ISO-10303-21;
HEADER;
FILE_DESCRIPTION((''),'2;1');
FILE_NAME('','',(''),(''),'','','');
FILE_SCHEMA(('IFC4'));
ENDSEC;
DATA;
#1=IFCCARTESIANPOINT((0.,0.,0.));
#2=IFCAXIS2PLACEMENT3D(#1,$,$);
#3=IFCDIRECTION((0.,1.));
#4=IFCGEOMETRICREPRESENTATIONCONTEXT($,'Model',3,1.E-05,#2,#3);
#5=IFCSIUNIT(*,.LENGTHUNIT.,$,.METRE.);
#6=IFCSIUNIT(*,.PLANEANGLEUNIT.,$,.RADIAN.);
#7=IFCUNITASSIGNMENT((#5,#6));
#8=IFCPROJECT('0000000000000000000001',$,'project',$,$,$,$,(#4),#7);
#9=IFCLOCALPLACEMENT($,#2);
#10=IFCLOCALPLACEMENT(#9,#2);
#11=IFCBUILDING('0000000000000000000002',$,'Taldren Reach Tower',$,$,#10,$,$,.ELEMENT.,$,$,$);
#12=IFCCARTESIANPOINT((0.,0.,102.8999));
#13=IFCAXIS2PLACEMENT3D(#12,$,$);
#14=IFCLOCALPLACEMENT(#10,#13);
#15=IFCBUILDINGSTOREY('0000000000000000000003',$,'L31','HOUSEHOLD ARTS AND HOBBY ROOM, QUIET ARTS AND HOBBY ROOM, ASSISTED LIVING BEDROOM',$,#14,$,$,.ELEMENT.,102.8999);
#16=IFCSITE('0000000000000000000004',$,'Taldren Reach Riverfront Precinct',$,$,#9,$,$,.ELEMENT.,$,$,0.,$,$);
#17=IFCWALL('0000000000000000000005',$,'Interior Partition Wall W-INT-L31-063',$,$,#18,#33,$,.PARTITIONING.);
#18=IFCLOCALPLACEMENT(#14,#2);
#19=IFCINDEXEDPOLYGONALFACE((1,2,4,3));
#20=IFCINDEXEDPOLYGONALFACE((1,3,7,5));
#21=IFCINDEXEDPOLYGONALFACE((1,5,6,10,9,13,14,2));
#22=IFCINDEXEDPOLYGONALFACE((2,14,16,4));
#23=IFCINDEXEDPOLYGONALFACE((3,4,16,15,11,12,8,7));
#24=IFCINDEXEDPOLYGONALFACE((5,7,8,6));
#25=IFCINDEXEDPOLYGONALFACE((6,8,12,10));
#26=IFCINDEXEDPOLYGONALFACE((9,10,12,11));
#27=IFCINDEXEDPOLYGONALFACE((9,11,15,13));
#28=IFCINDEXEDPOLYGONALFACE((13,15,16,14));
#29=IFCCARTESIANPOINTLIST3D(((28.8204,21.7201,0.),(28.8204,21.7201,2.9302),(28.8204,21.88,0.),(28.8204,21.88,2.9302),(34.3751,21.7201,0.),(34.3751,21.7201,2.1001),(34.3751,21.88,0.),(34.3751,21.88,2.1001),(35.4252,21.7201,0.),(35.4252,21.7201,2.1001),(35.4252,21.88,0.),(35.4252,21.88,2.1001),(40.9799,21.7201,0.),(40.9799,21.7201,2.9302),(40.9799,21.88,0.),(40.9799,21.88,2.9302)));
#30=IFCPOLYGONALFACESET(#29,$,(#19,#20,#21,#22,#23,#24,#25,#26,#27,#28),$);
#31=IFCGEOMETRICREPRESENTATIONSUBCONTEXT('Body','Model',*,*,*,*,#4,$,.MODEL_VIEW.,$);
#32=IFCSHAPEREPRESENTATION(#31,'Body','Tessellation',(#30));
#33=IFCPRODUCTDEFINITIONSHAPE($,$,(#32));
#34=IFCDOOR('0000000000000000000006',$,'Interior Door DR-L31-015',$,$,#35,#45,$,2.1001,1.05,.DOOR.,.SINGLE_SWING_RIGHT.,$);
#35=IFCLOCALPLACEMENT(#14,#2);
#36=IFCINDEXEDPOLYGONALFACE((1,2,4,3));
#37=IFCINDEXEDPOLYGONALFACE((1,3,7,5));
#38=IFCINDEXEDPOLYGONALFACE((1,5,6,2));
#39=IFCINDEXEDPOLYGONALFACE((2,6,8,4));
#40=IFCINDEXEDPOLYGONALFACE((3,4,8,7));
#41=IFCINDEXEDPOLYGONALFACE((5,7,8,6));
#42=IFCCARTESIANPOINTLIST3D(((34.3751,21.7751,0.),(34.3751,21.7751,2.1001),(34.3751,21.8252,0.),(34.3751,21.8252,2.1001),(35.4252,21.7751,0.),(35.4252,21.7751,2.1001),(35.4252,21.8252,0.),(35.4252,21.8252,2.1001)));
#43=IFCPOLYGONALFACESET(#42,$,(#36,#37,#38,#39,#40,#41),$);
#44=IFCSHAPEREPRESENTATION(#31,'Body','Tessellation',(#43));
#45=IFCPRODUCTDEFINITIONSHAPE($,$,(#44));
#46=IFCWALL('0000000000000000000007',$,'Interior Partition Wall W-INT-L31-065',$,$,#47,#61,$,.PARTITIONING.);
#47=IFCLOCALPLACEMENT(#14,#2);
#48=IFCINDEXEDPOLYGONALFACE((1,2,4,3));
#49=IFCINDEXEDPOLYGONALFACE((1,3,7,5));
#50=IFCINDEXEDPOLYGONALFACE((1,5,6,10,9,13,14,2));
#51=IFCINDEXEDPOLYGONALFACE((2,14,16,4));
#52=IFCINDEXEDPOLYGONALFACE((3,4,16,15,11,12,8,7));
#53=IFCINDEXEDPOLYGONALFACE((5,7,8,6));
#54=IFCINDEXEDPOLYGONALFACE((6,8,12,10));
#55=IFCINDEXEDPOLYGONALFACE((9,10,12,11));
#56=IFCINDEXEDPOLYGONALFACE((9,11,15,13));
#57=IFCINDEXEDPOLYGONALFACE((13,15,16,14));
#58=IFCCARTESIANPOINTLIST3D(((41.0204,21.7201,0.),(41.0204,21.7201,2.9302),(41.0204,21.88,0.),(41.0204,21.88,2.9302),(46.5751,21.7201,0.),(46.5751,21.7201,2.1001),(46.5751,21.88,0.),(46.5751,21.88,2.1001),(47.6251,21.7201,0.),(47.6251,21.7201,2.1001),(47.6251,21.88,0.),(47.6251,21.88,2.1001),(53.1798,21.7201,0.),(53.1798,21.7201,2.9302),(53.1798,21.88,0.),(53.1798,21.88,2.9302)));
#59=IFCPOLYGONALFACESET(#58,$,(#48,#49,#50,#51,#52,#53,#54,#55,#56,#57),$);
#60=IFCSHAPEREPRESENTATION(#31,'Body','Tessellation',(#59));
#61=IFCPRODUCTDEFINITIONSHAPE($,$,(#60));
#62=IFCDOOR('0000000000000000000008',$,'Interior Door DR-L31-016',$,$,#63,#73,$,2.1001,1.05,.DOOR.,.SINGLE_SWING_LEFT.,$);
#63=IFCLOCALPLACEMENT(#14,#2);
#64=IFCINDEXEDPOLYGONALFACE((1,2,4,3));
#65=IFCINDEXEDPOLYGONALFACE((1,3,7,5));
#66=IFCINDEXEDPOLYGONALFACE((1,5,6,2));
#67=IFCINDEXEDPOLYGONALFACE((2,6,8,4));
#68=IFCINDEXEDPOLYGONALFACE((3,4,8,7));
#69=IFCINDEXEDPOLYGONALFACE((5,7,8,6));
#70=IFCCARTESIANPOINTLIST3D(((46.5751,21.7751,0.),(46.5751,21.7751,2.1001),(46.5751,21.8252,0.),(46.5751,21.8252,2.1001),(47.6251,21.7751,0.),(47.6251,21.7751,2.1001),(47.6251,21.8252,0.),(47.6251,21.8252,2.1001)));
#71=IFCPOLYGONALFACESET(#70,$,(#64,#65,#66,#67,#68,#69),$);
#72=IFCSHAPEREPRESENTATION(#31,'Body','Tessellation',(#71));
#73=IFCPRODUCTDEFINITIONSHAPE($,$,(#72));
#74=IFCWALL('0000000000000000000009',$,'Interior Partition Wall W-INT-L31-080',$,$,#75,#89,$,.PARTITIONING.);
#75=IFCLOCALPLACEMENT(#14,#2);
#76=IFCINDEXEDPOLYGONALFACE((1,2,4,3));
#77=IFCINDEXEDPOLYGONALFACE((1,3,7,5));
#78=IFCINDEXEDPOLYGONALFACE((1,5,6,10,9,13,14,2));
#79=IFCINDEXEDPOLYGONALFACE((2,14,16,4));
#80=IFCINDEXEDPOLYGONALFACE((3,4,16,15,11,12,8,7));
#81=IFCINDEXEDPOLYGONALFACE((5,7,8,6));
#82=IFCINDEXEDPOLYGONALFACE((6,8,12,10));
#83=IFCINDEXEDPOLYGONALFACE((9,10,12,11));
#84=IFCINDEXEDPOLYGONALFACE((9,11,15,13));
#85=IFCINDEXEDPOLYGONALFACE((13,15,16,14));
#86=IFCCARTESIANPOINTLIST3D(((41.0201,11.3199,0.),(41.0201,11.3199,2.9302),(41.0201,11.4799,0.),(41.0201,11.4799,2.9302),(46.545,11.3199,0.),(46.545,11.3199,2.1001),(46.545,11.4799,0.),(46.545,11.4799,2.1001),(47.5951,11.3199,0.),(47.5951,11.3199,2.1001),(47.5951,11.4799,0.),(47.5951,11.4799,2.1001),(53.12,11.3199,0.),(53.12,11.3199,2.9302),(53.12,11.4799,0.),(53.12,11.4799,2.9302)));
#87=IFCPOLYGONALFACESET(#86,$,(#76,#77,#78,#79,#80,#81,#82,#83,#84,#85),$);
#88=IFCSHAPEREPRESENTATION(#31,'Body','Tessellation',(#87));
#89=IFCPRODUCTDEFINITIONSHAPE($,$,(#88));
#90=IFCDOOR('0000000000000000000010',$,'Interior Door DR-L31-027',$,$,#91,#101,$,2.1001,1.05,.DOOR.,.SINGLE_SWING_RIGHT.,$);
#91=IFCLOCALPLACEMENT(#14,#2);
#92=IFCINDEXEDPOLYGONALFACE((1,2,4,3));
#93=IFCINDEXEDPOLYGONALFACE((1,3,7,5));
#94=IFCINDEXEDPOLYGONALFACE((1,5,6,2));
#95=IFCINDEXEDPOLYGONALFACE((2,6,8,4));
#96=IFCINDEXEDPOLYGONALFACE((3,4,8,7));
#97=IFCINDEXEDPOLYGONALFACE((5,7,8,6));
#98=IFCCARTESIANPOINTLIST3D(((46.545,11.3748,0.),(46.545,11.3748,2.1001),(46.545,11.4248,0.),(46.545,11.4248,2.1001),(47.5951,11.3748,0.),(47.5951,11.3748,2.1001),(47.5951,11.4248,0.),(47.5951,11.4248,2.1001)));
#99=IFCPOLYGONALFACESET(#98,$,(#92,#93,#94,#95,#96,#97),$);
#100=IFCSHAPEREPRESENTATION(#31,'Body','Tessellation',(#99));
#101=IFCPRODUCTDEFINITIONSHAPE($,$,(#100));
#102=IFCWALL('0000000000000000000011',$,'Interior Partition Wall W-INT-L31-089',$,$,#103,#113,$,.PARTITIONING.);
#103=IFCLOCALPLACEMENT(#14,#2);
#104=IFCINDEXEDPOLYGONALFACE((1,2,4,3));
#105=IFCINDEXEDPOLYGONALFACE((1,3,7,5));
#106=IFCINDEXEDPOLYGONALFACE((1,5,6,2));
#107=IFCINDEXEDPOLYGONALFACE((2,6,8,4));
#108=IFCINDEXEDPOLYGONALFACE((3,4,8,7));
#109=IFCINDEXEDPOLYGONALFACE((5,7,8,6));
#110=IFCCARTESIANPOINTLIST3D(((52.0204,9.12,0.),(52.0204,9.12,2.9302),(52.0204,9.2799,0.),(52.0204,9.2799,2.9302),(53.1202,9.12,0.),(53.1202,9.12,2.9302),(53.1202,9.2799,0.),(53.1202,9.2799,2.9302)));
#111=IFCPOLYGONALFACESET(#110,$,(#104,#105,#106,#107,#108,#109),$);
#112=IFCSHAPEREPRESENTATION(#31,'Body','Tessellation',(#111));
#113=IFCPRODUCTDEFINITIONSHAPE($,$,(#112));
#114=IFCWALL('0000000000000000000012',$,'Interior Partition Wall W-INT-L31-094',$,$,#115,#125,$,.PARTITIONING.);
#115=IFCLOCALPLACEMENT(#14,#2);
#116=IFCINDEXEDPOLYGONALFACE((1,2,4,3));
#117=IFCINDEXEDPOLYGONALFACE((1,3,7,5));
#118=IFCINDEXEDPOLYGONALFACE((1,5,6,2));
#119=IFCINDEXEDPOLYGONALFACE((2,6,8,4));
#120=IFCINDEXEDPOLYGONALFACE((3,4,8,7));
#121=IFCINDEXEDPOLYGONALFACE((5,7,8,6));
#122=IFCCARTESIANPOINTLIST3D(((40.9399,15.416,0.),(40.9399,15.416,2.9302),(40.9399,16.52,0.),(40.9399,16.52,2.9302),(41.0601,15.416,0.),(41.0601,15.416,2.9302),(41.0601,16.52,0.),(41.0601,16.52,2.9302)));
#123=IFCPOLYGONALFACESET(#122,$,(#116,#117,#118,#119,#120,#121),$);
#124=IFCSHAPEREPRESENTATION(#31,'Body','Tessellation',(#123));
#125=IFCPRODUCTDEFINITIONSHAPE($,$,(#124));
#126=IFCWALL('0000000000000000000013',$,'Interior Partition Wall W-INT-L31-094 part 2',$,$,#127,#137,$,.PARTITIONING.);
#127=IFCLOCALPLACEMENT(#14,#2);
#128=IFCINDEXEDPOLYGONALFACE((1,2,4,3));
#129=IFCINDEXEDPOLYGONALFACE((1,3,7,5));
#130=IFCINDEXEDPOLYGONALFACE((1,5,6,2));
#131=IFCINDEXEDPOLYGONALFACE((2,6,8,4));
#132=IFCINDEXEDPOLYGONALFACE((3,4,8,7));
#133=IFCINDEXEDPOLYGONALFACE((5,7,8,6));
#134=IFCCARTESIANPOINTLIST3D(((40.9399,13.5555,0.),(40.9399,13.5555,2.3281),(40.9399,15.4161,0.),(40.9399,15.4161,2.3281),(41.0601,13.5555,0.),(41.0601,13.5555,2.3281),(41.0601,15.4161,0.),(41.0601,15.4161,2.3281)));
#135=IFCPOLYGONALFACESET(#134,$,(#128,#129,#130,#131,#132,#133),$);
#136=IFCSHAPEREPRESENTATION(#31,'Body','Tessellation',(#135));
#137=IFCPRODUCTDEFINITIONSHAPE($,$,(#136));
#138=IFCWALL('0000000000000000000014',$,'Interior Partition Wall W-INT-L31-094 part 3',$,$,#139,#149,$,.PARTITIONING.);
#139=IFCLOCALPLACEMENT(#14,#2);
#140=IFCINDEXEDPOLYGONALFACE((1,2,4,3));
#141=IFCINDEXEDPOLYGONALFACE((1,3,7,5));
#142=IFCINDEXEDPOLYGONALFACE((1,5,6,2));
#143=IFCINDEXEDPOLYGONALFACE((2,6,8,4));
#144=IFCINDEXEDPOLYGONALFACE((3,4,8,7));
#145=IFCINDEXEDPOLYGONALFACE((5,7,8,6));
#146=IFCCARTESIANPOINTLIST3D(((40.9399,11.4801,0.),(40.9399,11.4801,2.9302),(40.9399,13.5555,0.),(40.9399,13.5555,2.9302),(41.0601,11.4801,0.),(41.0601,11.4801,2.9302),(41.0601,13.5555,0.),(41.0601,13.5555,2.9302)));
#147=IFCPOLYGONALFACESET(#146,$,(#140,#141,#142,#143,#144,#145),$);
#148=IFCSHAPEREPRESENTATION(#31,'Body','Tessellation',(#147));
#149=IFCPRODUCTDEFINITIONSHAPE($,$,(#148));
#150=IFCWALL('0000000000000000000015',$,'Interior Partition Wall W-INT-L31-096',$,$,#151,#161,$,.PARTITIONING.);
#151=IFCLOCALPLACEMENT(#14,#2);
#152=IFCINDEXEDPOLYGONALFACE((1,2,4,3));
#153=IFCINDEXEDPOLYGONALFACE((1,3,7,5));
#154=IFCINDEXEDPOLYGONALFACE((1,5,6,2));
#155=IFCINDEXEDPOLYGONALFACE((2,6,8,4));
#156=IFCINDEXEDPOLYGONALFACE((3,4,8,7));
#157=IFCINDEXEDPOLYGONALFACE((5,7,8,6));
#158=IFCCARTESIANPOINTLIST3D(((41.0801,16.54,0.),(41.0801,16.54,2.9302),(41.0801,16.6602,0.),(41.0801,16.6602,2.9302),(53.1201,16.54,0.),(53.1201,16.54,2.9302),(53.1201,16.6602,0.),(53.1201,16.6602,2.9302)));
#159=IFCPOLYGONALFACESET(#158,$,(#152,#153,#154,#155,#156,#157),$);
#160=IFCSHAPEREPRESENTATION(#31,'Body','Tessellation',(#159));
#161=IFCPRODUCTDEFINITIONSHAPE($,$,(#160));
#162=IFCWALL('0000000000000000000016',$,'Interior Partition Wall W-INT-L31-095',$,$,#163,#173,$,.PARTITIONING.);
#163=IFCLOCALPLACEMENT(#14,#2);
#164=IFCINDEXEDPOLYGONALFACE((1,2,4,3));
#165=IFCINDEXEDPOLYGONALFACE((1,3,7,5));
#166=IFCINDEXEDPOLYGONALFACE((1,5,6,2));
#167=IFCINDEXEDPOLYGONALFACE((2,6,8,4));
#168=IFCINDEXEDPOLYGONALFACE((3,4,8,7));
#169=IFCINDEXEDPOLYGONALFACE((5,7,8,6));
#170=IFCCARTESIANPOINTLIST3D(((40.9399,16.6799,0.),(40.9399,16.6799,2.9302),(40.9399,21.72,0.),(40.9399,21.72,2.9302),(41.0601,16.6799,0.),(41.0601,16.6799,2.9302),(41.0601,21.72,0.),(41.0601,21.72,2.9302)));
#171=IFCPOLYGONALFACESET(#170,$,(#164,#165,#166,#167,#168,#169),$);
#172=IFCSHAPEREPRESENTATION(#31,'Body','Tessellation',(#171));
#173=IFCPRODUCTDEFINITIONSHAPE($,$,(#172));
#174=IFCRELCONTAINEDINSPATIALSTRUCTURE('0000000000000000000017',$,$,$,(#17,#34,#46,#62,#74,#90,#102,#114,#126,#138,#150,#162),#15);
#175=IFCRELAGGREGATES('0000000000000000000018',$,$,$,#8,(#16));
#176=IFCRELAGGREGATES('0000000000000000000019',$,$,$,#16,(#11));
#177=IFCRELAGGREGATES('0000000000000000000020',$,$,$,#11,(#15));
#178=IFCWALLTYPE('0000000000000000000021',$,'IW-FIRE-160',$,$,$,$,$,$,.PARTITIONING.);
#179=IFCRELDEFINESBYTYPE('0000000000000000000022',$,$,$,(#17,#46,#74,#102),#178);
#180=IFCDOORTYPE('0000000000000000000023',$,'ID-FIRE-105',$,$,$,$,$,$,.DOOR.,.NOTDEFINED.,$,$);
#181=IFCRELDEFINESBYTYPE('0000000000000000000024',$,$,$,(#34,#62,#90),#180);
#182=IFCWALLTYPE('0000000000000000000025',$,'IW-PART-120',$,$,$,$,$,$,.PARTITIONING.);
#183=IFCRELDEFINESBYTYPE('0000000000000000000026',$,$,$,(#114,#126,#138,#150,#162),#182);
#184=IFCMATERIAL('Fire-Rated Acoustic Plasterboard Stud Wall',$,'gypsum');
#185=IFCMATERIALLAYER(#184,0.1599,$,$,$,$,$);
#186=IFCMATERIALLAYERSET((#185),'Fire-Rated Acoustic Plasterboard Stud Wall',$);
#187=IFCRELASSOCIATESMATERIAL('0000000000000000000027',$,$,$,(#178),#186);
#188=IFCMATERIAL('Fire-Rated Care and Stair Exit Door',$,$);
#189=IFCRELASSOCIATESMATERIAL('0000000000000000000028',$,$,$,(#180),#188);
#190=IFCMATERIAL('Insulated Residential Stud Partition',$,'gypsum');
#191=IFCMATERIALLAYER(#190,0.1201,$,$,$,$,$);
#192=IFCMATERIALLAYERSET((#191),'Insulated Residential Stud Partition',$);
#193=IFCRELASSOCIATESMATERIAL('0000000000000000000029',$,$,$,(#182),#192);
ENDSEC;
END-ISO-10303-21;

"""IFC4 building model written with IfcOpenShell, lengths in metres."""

from ifc_helpers import new_model, si_unit, direction, frame, frame_2d, origin, place, context, subcontext, project, spatial, rectangle, extrude, source, transform, mapped, material, layer, layer_set, type_object, element, fill, save


model = new_model("IFC4")

# Units and contexts
model_context = context("Model", 3, precision=1e-05, world=origin(), true_north=direction((0.0, 1.0)))
body_context = subcontext(model_context, "Body", "Model", "MODEL_VIEW")
ifc_project = project(units=[si_unit("LENGTHUNIT", "METRE"), si_unit("PLANEANGLEUNIT", "RADIAN")], contexts=[model_context])

# Site, building, storey
site_placement = place(None, origin())
site = spatial("IfcSite", under=ifc_project, at=site_placement, Name="Taldren Reach Riverfront Precinct", CompositionType="ELEMENT", RefElevation=0.0)
building_placement = place(site_placement, origin())
building = spatial("IfcBuilding", under=site, at=building_placement, Name="Taldren Reach Tower", CompositionType="ELEMENT")
storey_placement = place(building_placement, frame((0.0, 0.0, 102.8999)))
storey = spatial("IfcBuildingStorey", under=building, at=storey_placement, Name="L31", Description="HOUSEHOLD ARTS AND HOBBY ROOM, QUIET ARTS AND HOBBY ROOM, ASSISTED LIVING BEDROOM", CompositionType="ELEMENT", Elevation=102.8999)

# Shared definitions
ifc_material_1 = material(Name="Fire-Rated Acoustic Plasterboard Stud Wall", Category="gypsum")
ifc_layer_1 = layer(ifc_material_1, 0.1599)
ifc_layer_set_1 = layer_set([ifc_layer_1], Name="Fire-Rated Acoustic Plasterboard Stud Wall")
wall_type_1 = type_object("IfcWallType", Name="IW-FIRE-160", PredefinedType="PARTITIONING", material=ifc_layer_set_1)

# Walls, openings, doors
shared_shape_1 = source(origin(), body_context, "Body", "SweptSolid", [
    extrude(rectangle(XDim=12.1594, YDim=0.1599, at=frame_2d((6.0796, 0.0))), origin(), (0.0, 0.0, 1.0), 2.9302),
])
wall_1_placement = place(storey_placement, frame((40.9797, 21.8, 0.0), z_axis=(0.0, 0.0, 1.0), x_axis=(-1.0, 0.0, 0.0)))
wall_1 = element("IfcWall", 1, at=wall_1_placement, inside=storey, type_object=wall_type_1, Name="Interior Partition Wall W-INT-L31-063", PredefinedType="PARTITIONING", context=body_context, shape_type="MappedRepresentation", body=[
    mapped(shared_shape_1, transform((0.0, 0.0, 0.0), scale=1.0)),
])
shared_shape_2 = source(origin(), body_context, "Body", "SweptSolid", [
    extrude(rectangle(XDim=1.05, YDim=2.1001, at=frame_2d((0.5249, 1.05))), frame((0.0, 0.0898, 0.0), z_axis=(0.0, -1.0, 0.0), x_axis=(1.0, 0.0, 0.0)), (0.0, 0.0, 1.0), 0.1799),
])
opening_1_placement = place(wall_1_placement, frame((5.5547, 0.0, 0.0)))
opening_1 = element("IfcOpeningElement", 2, at=opening_1_placement, cuts=wall_1, PredefinedType="OPENING", context=body_context, shape_type="MappedRepresentation", body=[
    mapped(shared_shape_2, transform((0.0, 0.0, 0.0), scale=1.0)),
])
ifc_material_2 = material(Name="Fire-Rated Care and Stair Exit Door")
door_type = type_object("IfcDoorType", Name="ID-FIRE-105", OperationType="NOTDEFINED", PredefinedType="DOOR", material=ifc_material_2)
shared_shape_3 = source(origin(), body_context, "Body", "SweptSolid", [
    extrude(rectangle(XDim=1.05, YDim=2.1001, at=frame_2d((0.5249, 1.05))), frame((0.0, 0.0249, 0.0), z_axis=(0.0, -1.0, 0.0), x_axis=(1.0, 0.0, 0.0)), (0.0, 0.0, 1.0), 0.05),
])
door_1_placement = place(opening_1_placement, origin())
door_1 = element("IfcDoor", 3, at=door_1_placement, inside=storey, type_object=door_type, Name="Interior Door DR-L31-015", OperationType="SINGLE_SWING_RIGHT", OverallHeight=2.1001, OverallWidth=1.05, PredefinedType="DOOR", context=body_context, shape_type="MappedRepresentation", body=[
    mapped(shared_shape_3, transform((0.0, 0.0, 0.0), scale=1.0)),
])
fill(opening_1, door_1)
wall_2_placement = place(storey_placement, frame((53.1797, 21.8, 0.0), z_axis=(0.0, 0.0, 1.0), x_axis=(-1.0, 0.0, 0.0)))
wall_2 = element("IfcWall", 4, at=wall_2_placement, inside=storey, type_object=wall_type_1, Name="Interior Partition Wall W-INT-L31-065", PredefinedType="PARTITIONING", context=body_context, shape_type="MappedRepresentation", body=[
    mapped(shared_shape_1, transform((0.0, 0.0, 0.0), scale=1.0)),
])
opening_2_placement = place(wall_2_placement, frame((5.5547, 0.0, 0.0)))
opening_2 = element("IfcOpeningElement", 5, at=opening_2_placement, cuts=wall_2, PredefinedType="OPENING", context=body_context, shape_type="MappedRepresentation", body=[
    mapped(shared_shape_2, transform((0.0, 0.0, 0.0), scale=1.0)),
])
door_2_placement = place(opening_2_placement, origin())
door_2 = element("IfcDoor", 6, at=door_2_placement, inside=storey, type_object=door_type, Name="Interior Door DR-L31-016", OperationType="SINGLE_SWING_LEFT", OverallHeight=2.1001, OverallWidth=1.05, PredefinedType="DOOR", context=body_context, shape_type="MappedRepresentation", body=[
    mapped(shared_shape_3, transform((0.0, 0.0, 0.0), scale=1.0)),
])
fill(opening_2, door_2)
shared_shape_4 = source(origin(), body_context, "Body", "SweptSolid", [
    extrude(rectangle(XDim=12.0999, YDim=0.1599, at=frame_2d((6.0498, 0.0))), origin(), (0.0, 0.0, 1.0), 2.9302),
])
wall_3_placement = place(storey_placement, frame((41.0203, 11.3999, 0.0), z_axis=(0.0, 0.0, 1.0), x_axis=(1.0, 0.0, 0.0)))
wall_3 = element("IfcWall", 7, at=wall_3_placement, inside=storey, type_object=wall_type_1, Name="Interior Partition Wall W-INT-L31-080", PredefinedType="PARTITIONING", context=body_context, shape_type="MappedRepresentation", body=[
    mapped(shared_shape_4, transform((0.0, 0.0, 0.0), scale=1.0)),
])
opening_3_placement = place(wall_3_placement, frame((5.5249, 0.0, 0.0)))
opening_3 = element("IfcOpeningElement", 8, at=opening_3_placement, cuts=wall_3, PredefinedType="OPENING", context=body_context, shape_type="MappedRepresentation", body=[
    mapped(shared_shape_2, transform((0.0, 0.0, 0.0), scale=1.0)),
])
door_3_placement = place(opening_3_placement, origin())
door_3 = element("IfcDoor", 9, at=door_3_placement, inside=storey, type_object=door_type, Name="Interior Door DR-L31-027", OperationType="SINGLE_SWING_RIGHT", OverallHeight=2.1001, OverallWidth=1.05, PredefinedType="DOOR", context=body_context, shape_type="MappedRepresentation", body=[
    mapped(shared_shape_3, transform((0.0, 0.0, 0.0), scale=1.0)),
])
fill(opening_3, door_3)

# Walls
shared_shape_5 = source(origin(), body_context, "Body", "SweptSolid", [
    extrude(rectangle(XDim=1.0999, YDim=0.1599, at=frame_2d((0.5498, 0.0))), origin(), (0.0, 0.0, 1.0), 2.9302),
])
wall_4_placement = place(storey_placement, frame((53.1201, 9.2, 0.0), z_axis=(0.0, 0.0, 1.0), x_axis=(-1.0, 0.0, 0.0)))
element("IfcWall", 10, at=wall_4_placement, inside=storey, type_object=wall_type_1, Name="Interior Partition Wall W-INT-L31-089", PredefinedType="PARTITIONING", context=body_context, shape_type="MappedRepresentation", body=[
    mapped(shared_shape_5, transform((0.0, 0.0, 0.0), scale=1.0)),
])
ifc_material_3 = material(Name="Insulated Residential Stud Partition", Category="gypsum")
ifc_layer_2 = layer(ifc_material_3, 0.1201)
ifc_layer_set_2 = layer_set([ifc_layer_2], Name="Insulated Residential Stud Partition")
wall_type_2 = type_object("IfcWallType", Name="IW-PART-120", PredefinedType="PARTITIONING", material=ifc_layer_set_2)
shared_shape_6 = source(origin(), body_context, "Body", "SweptSolid", [
    extrude(rectangle(XDim=1.104, YDim=0.1201, at=frame_2d((0.552, 0.0))), origin(), (0.0, 0.0, 1.0), 2.9302),
])
wall_5_placement = place(storey_placement, frame((41.0, 16.52, 0.0), z_axis=(0.0, 0.0, 1.0), x_axis=(0.0, -1.0, 0.0)))
element("IfcWall", 11, at=wall_5_placement, inside=storey, type_object=wall_type_2, Name="Interior Partition Wall W-INT-L31-094", PredefinedType="PARTITIONING", context=body_context, shape_type="MappedRepresentation", body=[
    mapped(shared_shape_6, transform((0.0, 0.0, 0.0), scale=1.0)),
])
shared_shape_7 = source(origin(), body_context, "Body", "SweptSolid", [
    extrude(rectangle(XDim=1.8606, YDim=0.1201, at=frame_2d((0.9302, 0.0))), origin(), (0.0, 0.0, 1.0), 2.3281),
])
wall_6_placement = place(storey_placement, frame((41.0, 15.416, 0.0), z_axis=(0.0, 0.0, 1.0), x_axis=(0.0, -1.0, 0.0)))
element("IfcWall", 12, at=wall_6_placement, inside=storey, type_object=wall_type_2, Name="Interior Partition Wall W-INT-L31-094 part 2", PredefinedType="PARTITIONING", context=body_context, shape_type="MappedRepresentation", body=[
    mapped(shared_shape_7, transform((0.0, 0.0, 0.0), scale=1.0)),
])
shared_shape_8 = source(origin(), body_context, "Body", "SweptSolid", [
    extrude(rectangle(XDim=2.0754, YDim=0.1201, at=frame_2d((1.0376, 0.0))), origin(), (0.0, 0.0, 1.0), 2.9302),
])
wall_7_placement = place(storey_placement, frame((41.0, 13.5554, 0.0), z_axis=(0.0, 0.0, 1.0), x_axis=(0.0, -1.0, 0.0)))
element("IfcWall", 13, at=wall_7_placement, inside=storey, type_object=wall_type_2, Name="Interior Partition Wall W-INT-L31-094 part 3", PredefinedType="PARTITIONING", context=body_context, shape_type="MappedRepresentation", body=[
    mapped(shared_shape_8, transform((0.0, 0.0, 0.0), scale=1.0)),
])
shared_shape_9 = source(origin(), body_context, "Body", "SweptSolid", [
    extrude(rectangle(XDim=12.04, YDim=0.1201, at=frame_2d((6.02, 0.0))), origin(), (0.0, 0.0, 1.0), 2.9302),
])
wall_8_placement = place(storey_placement, frame((41.0801, 16.6001, 0.0), z_axis=(0.0, 0.0, 1.0), x_axis=(1.0, 0.0, 0.0)))
element("IfcWall", 14, at=wall_8_placement, inside=storey, type_object=wall_type_2, Name="Interior Partition Wall W-INT-L31-096", PredefinedType="PARTITIONING", context=body_context, shape_type="MappedRepresentation", body=[
    mapped(shared_shape_9, transform((0.0, 0.0, 0.0), scale=1.0)),
])
shared_shape_10 = source(origin(), body_context, "Body", "SweptSolid", [
    extrude(rectangle(XDim=5.04, YDim=0.1201, at=frame_2d((2.52, 0.0))), origin(), (0.0, 0.0, 1.0), 2.9302),
])
wall_9_placement = place(storey_placement, frame((41.0, 21.72, 0.0), z_axis=(0.0, 0.0, 1.0), x_axis=(0.0, -1.0, 0.0)))
element("IfcWall", 15, at=wall_9_placement, inside=storey, type_object=wall_type_2, Name="Interior Partition Wall W-INT-L31-095", PredefinedType="PARTITIONING", context=body_context, shape_type="MappedRepresentation", body=[
    mapped(shared_shape_10, transform((0.0, 0.0, 0.0), scale=1.0)),
])

save(model, "model.ifc")
